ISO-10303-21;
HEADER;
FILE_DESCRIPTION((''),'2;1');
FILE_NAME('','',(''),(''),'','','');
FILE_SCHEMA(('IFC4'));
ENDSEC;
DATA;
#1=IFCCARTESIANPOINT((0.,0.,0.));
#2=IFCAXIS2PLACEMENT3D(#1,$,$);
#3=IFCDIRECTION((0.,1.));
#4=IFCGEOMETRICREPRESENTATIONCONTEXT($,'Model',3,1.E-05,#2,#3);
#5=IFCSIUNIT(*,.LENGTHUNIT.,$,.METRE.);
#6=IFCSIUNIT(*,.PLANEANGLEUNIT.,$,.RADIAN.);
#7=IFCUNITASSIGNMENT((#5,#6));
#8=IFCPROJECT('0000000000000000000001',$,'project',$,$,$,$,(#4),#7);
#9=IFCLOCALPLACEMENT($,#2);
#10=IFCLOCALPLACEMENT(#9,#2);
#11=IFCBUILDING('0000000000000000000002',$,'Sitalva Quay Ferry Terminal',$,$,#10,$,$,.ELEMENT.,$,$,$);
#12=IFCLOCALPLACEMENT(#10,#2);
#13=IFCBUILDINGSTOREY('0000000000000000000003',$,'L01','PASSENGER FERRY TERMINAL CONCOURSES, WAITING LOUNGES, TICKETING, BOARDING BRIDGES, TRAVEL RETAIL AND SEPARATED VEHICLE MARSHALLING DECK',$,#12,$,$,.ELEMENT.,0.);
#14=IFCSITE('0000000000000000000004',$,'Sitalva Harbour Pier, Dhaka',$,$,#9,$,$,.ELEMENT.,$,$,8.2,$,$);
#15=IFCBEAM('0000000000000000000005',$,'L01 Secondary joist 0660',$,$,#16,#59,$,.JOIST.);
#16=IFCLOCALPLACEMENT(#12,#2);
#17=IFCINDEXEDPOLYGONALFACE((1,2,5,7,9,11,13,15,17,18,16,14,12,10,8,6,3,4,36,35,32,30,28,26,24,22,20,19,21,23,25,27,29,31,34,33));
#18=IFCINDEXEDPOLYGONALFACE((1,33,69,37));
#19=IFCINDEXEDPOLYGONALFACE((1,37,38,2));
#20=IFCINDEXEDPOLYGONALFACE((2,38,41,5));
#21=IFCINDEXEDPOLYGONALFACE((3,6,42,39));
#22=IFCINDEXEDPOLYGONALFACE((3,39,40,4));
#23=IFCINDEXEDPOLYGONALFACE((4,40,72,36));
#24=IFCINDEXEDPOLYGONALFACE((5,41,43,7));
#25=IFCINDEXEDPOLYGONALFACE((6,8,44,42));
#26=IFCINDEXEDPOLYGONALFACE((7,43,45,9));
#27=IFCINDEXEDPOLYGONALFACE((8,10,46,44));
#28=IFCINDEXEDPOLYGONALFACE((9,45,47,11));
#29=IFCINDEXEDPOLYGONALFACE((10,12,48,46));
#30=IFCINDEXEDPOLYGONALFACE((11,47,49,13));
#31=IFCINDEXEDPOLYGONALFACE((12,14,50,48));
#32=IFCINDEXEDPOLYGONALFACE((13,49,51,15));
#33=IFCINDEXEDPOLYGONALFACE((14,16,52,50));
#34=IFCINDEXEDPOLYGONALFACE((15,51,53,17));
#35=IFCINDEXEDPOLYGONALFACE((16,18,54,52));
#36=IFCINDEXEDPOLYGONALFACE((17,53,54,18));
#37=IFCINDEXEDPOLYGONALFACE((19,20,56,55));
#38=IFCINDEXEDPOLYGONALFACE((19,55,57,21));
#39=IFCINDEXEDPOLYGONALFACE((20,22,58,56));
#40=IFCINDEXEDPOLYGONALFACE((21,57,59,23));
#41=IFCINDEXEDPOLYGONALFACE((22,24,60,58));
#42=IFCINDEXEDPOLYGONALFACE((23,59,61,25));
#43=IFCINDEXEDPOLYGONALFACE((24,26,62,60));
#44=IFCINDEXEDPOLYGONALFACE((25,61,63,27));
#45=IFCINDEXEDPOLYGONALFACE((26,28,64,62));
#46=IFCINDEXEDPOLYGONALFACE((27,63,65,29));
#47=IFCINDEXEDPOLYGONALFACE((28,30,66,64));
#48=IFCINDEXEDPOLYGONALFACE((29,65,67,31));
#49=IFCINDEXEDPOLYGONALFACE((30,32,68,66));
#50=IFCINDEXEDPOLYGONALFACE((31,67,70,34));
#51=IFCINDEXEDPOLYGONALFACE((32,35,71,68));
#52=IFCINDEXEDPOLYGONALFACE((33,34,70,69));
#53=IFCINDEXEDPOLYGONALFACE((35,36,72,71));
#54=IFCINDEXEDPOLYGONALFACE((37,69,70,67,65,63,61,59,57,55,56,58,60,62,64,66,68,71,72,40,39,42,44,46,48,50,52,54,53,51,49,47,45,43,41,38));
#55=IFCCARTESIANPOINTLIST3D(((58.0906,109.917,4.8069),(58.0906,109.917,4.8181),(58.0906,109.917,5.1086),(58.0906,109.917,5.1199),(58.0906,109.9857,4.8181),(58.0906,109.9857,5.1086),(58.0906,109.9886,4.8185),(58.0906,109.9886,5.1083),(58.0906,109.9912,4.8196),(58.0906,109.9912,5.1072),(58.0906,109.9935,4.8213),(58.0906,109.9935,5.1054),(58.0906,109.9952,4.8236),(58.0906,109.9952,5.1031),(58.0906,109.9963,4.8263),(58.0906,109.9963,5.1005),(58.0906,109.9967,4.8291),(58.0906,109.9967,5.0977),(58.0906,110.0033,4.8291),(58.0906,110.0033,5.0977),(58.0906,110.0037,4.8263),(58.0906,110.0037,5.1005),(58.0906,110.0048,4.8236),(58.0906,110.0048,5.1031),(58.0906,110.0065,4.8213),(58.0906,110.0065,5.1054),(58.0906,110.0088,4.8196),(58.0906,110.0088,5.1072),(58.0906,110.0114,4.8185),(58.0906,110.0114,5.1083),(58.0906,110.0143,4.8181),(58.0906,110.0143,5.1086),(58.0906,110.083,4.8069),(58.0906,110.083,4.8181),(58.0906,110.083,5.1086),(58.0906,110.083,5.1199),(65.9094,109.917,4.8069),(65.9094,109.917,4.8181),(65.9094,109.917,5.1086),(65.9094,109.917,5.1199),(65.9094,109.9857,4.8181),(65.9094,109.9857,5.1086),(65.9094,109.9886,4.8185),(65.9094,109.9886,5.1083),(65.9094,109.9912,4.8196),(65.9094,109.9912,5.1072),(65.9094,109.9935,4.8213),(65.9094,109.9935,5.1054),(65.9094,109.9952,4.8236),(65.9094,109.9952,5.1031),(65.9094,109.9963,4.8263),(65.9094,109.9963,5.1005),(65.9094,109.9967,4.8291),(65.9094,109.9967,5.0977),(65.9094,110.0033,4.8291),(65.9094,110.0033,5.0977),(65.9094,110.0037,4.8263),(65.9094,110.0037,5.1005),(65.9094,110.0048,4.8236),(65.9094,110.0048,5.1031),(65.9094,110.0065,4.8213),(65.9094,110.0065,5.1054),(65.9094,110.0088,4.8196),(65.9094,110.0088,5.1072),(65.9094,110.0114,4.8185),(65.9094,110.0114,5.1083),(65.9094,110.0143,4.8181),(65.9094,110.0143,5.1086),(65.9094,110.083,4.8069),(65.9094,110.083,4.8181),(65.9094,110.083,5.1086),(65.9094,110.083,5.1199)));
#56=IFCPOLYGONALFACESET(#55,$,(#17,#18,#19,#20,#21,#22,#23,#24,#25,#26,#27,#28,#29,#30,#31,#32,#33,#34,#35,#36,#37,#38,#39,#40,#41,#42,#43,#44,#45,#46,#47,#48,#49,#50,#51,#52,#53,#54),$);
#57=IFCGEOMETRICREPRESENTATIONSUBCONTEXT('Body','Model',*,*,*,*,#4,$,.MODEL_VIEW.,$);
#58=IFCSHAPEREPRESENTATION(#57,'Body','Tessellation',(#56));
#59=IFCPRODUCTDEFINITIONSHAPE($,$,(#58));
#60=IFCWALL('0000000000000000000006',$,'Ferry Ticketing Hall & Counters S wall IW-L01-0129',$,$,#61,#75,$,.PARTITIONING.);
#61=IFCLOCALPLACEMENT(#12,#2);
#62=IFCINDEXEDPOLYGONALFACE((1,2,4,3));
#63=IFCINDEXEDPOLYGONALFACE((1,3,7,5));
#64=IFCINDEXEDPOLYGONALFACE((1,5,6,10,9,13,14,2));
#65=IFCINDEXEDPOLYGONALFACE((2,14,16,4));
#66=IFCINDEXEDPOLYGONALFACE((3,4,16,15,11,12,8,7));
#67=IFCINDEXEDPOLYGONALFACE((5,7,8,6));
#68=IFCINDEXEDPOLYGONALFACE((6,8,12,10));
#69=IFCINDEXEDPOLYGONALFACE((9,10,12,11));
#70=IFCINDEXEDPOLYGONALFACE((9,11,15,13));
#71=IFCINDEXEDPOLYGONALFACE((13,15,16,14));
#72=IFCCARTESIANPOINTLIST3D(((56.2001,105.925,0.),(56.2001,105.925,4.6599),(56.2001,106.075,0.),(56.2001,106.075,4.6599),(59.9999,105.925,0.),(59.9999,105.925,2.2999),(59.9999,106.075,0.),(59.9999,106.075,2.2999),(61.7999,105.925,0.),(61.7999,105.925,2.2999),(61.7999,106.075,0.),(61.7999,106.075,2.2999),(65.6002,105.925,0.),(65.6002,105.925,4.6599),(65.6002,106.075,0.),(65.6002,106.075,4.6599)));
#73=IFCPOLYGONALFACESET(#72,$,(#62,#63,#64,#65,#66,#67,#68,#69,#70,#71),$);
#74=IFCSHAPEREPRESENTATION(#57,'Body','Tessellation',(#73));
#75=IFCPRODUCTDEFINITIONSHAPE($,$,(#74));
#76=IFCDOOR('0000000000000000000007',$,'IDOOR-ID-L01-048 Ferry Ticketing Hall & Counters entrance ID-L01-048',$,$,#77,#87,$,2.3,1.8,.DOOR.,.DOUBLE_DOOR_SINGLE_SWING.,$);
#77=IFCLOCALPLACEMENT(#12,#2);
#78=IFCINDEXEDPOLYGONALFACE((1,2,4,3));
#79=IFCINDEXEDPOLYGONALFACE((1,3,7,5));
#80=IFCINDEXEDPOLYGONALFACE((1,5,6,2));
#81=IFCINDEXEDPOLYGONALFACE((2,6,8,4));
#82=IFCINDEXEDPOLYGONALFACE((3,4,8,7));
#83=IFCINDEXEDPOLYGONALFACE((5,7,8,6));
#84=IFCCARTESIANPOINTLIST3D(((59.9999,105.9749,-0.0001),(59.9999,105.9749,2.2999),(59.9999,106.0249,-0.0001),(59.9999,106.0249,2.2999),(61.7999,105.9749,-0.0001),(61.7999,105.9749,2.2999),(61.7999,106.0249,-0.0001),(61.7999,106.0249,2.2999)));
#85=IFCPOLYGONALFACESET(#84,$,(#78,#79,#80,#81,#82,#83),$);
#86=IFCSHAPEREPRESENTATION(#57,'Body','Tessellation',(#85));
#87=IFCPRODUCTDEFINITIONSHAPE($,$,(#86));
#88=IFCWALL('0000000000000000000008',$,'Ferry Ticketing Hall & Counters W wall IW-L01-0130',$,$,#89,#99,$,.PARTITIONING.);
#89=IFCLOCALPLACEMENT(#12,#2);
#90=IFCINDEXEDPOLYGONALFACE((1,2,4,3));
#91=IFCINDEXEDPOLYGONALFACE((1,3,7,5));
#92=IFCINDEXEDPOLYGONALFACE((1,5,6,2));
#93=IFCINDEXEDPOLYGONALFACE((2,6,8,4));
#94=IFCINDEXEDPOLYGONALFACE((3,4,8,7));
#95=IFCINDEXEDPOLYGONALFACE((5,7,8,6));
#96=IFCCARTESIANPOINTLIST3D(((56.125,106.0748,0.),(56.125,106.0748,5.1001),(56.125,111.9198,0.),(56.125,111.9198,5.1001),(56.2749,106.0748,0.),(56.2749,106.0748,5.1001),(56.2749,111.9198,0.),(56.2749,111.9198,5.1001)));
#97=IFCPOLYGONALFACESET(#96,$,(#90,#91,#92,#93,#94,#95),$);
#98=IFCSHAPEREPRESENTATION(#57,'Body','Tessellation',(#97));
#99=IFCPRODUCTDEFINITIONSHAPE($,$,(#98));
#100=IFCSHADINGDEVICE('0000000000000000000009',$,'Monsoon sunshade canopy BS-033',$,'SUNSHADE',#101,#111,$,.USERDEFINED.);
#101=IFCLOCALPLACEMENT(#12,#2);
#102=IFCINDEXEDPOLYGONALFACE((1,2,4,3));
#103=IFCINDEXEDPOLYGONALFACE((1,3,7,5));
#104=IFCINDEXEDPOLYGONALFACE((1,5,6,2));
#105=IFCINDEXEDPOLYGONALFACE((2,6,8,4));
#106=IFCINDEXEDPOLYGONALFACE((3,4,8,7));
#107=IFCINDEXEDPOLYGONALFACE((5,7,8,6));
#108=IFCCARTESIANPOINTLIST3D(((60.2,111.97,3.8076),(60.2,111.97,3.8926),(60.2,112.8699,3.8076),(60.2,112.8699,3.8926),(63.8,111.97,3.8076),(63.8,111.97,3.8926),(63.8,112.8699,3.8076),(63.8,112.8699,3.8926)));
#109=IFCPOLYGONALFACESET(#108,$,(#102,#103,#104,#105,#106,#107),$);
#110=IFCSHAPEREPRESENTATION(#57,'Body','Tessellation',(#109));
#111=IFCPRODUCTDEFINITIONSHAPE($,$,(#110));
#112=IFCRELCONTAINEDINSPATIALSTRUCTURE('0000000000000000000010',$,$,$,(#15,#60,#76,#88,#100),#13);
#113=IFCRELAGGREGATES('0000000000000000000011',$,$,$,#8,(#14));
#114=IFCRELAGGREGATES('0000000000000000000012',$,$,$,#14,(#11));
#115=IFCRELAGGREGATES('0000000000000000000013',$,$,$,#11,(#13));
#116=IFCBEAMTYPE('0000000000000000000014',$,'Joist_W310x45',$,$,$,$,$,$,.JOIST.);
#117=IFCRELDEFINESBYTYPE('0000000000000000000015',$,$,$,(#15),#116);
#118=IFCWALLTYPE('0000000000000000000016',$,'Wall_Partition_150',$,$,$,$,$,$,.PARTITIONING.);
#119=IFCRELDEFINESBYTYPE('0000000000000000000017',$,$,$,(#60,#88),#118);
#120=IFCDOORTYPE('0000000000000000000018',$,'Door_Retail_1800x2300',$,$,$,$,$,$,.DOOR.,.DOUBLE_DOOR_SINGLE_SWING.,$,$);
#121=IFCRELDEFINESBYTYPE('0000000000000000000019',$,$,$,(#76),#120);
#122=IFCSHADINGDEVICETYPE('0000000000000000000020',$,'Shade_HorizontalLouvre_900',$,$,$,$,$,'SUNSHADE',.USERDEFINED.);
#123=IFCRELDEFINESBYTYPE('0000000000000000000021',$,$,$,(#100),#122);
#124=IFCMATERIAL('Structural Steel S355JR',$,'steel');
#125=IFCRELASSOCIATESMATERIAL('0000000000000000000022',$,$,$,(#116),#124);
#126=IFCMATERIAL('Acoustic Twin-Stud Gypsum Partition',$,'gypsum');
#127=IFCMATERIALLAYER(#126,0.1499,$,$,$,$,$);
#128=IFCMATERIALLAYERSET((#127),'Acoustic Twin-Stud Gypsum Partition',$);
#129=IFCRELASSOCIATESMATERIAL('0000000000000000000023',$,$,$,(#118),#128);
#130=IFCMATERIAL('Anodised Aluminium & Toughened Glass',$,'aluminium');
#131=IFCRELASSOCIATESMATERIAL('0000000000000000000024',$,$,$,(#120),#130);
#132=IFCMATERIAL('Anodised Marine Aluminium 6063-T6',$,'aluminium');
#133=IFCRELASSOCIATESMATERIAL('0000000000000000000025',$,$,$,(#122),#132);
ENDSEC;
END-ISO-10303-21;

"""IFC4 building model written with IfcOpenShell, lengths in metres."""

from ifc_helpers import new_model, si_unit, direction, frame, frame_2d, origin, origin_2d, place, context, subcontext, project, spatial, rectangle, i_section, extrude, material, layer, layer_set, material_profile, profile_set, type_object, element, fill, save


model = new_model("IFC4")

# Units and contexts
model_context = context("Model", 3, precision=1e-05, world=origin(), true_north=direction((0.0, 1.0)))
body_context = subcontext(model_context, "Body", "Model", "MODEL_VIEW")
ifc_project = project(units=[si_unit("LENGTHUNIT", "METRE"), si_unit("PLANEANGLEUNIT", "RADIAN")], contexts=[model_context])

# Site, building, storey
site_placement = place(None, origin())
site = spatial("IfcSite", under=ifc_project, at=site_placement, Name="Sitalva Harbour Pier, Dhaka", CompositionType="ELEMENT", RefElevation=8.2)
building_placement = place(site_placement, origin())
building = spatial("IfcBuilding", under=site, at=building_placement, Name="Sitalva Quay Ferry Terminal", CompositionType="ELEMENT")
storey_placement = place(building_placement, origin())
storey = spatial("IfcBuildingStorey", under=building, at=storey_placement, Name="L01", Description="PASSENGER FERRY TERMINAL CONCOURSES, WAITING LOUNGES, TICKETING, BOARDING BRIDGES, TRAVEL RETAIL AND SEPARATED VEHICLE MARSHALLING DECK", CompositionType="ELEMENT", Elevation=0.0)

# Beam
ifc_material_1 = material(Name="Structural Steel S355JR", Category="steel")
ifc_material_profile_1 = material_profile(ifc_material_1, i_section(OverallWidth=0.166, OverallDepth=0.313, WebThickness=0.0066, FlangeThickness=0.0112, FilletRadius=0.011, at=origin_2d()), Name="W310x45")
ifc_profile_set_1 = profile_set([ifc_material_profile_1], Name="Structural Steel S355JR")
beam_type_1 = type_object("IfcBeamType", Name="Joist_W310x45", PredefinedType="JOIST", material=ifc_profile_set_1)
for number, where, z_axis, x_axis, name in (
    (1, (58.0906, 110.0, 4.9634), (1.0, 0.0, 0.0), (0.0, 1.0, 0.0), "L01 Secondary joist 0660"),
):
    element("IfcBeam", number, at=place(storey_placement, frame(where, z_axis=z_axis, x_axis=x_axis)), inside=storey, type_object=beam_type_1, Name=name, PredefinedType="JOIST", context=body_context, shape_type="SweptSolid", body=[
        extrude(i_section(OverallWidth=0.166, OverallDepth=0.313, WebThickness=0.0066, FlangeThickness=0.0112, FilletRadius=0.011, at=origin_2d()), origin(), (0.0, 0.0, 1.0), 7.8188),
    ])

# Wall, opening, door
ifc_material_2 = material(Name="Acoustic Twin-Stud Gypsum Partition", Category="gypsum")
ifc_layer_1 = layer(ifc_material_2, 0.1499)
ifc_layer_set_1 = layer_set([ifc_layer_1], Name="Acoustic Twin-Stud Gypsum Partition")
wall_type_1 = type_object("IfcWallType", Name="Wall_Partition_150", PredefinedType="PARTITIONING", material=ifc_layer_set_1)
wall_1_placement = place(storey_placement, frame((56.2, 106.0, 0.0), z_axis=(0.0, 0.0, 1.0), x_axis=(1.0, 0.0, 0.0)))
wall_1 = element("IfcWall", 2, at=wall_1_placement, inside=storey, type_object=wall_type_1, Name="Ferry Ticketing Hall & Counters S wall IW-L01-0129", PredefinedType="PARTITIONING", context=body_context, shape_type="SweptSolid", body=[
    extrude(rectangle(XDim=9.4001, YDim=0.1499, at=frame_2d((4.7002, 0.0))), origin(), (0.0, 0.0, 1.0), 4.6599),
])
opening_1_placement = place(wall_1_placement, frame((3.8, 0.0, 0.0)))
opening_1 = element("IfcOpeningElement", 3, at=opening_1_placement, cuts=wall_1, PredefinedType="OPENING", context=body_context, shape_type="SweptSolid", body=[
    extrude(rectangle(XDim=1.8, YDim=2.3, at=frame_2d((0.8999, 1.1499))), frame((0.0, 0.085, 0.0), z_axis=(0.0, -1.0, 0.0), x_axis=(1.0, 0.0, 0.0)), (0.0, 0.0, 1.0), 0.1699),
])
ifc_material_3 = material(Name="Anodised Aluminium & Toughened Glass", Category="aluminium")
door_type_1 = type_object("IfcDoorType", Name="Door_Retail_1800x2300", OperationType="DOUBLE_DOOR_SINGLE_SWING", PredefinedType="DOOR", material=ifc_material_3)
door_1_placement = place(opening_1_placement, origin())
door_1 = element("IfcDoor", 4, at=door_1_placement, inside=storey, type_object=door_type_1, Name="IDOOR-ID-L01-048 Ferry Ticketing Hall & Counters entrance ID-L01-048", OperationType="DOUBLE_DOOR_SINGLE_SWING", OverallHeight=2.3, OverallWidth=1.8, PredefinedType="DOOR", context=body_context, shape_type="SweptSolid", body=[
    extrude(rectangle(XDim=1.8, YDim=2.3, at=frame_2d((0.8999, 1.1499))), frame((0.0, 0.0249, 0.0), z_axis=(0.0, -1.0, 0.0), x_axis=(1.0, 0.0, 0.0)), (0.0, 0.0, 1.0), 0.05),
])
fill(opening_1, door_1)

# Wall
wall_2_placement = place(storey_placement, frame((56.2, 106.075, 0.0), z_axis=(0.0, 0.0, 1.0), x_axis=(0.0, 1.0, 0.0)))
element("IfcWall", 5, at=wall_2_placement, inside=storey, type_object=wall_type_1, Name="Ferry Ticketing Hall & Counters W wall IW-L01-0130", PredefinedType="PARTITIONING", context=body_context, shape_type="SweptSolid", body=[
    extrude(rectangle(XDim=5.845, YDim=0.1499, at=frame_2d((2.9224, 0.0))), origin(), (0.0, 0.0, 1.0), 5.1001),
])

# Shading device
ifc_material_4 = material(Name="Anodised Marine Aluminium 6063-T6", Category="aluminium")
shading_device_type = type_object("IfcShadingDeviceType", Name="Shade_HorizontalLouvre_900", ElementType="SUNSHADE", PredefinedType="USERDEFINED", material=ifc_material_4)
shading_device_placement = place(storey_placement, frame((62.0, 112.4199, 3.8076), z_axis=(0.0, 0.0, 1.0), x_axis=(1.0, 0.0, 0.0)))
element("IfcShadingDevice", 6, at=shading_device_placement, inside=storey, type_object=shading_device_type, Name="Monsoon sunshade canopy BS-033", ObjectType="SUNSHADE", PredefinedType="USERDEFINED", context=body_context, shape_type="SweptSolid", body=[
    extrude(rectangle(XDim=3.6001, YDim=0.8999, at=origin_2d()), origin(), (0.0, 0.0, 1.0), 0.085),
])

save(model, "model.ifc")
